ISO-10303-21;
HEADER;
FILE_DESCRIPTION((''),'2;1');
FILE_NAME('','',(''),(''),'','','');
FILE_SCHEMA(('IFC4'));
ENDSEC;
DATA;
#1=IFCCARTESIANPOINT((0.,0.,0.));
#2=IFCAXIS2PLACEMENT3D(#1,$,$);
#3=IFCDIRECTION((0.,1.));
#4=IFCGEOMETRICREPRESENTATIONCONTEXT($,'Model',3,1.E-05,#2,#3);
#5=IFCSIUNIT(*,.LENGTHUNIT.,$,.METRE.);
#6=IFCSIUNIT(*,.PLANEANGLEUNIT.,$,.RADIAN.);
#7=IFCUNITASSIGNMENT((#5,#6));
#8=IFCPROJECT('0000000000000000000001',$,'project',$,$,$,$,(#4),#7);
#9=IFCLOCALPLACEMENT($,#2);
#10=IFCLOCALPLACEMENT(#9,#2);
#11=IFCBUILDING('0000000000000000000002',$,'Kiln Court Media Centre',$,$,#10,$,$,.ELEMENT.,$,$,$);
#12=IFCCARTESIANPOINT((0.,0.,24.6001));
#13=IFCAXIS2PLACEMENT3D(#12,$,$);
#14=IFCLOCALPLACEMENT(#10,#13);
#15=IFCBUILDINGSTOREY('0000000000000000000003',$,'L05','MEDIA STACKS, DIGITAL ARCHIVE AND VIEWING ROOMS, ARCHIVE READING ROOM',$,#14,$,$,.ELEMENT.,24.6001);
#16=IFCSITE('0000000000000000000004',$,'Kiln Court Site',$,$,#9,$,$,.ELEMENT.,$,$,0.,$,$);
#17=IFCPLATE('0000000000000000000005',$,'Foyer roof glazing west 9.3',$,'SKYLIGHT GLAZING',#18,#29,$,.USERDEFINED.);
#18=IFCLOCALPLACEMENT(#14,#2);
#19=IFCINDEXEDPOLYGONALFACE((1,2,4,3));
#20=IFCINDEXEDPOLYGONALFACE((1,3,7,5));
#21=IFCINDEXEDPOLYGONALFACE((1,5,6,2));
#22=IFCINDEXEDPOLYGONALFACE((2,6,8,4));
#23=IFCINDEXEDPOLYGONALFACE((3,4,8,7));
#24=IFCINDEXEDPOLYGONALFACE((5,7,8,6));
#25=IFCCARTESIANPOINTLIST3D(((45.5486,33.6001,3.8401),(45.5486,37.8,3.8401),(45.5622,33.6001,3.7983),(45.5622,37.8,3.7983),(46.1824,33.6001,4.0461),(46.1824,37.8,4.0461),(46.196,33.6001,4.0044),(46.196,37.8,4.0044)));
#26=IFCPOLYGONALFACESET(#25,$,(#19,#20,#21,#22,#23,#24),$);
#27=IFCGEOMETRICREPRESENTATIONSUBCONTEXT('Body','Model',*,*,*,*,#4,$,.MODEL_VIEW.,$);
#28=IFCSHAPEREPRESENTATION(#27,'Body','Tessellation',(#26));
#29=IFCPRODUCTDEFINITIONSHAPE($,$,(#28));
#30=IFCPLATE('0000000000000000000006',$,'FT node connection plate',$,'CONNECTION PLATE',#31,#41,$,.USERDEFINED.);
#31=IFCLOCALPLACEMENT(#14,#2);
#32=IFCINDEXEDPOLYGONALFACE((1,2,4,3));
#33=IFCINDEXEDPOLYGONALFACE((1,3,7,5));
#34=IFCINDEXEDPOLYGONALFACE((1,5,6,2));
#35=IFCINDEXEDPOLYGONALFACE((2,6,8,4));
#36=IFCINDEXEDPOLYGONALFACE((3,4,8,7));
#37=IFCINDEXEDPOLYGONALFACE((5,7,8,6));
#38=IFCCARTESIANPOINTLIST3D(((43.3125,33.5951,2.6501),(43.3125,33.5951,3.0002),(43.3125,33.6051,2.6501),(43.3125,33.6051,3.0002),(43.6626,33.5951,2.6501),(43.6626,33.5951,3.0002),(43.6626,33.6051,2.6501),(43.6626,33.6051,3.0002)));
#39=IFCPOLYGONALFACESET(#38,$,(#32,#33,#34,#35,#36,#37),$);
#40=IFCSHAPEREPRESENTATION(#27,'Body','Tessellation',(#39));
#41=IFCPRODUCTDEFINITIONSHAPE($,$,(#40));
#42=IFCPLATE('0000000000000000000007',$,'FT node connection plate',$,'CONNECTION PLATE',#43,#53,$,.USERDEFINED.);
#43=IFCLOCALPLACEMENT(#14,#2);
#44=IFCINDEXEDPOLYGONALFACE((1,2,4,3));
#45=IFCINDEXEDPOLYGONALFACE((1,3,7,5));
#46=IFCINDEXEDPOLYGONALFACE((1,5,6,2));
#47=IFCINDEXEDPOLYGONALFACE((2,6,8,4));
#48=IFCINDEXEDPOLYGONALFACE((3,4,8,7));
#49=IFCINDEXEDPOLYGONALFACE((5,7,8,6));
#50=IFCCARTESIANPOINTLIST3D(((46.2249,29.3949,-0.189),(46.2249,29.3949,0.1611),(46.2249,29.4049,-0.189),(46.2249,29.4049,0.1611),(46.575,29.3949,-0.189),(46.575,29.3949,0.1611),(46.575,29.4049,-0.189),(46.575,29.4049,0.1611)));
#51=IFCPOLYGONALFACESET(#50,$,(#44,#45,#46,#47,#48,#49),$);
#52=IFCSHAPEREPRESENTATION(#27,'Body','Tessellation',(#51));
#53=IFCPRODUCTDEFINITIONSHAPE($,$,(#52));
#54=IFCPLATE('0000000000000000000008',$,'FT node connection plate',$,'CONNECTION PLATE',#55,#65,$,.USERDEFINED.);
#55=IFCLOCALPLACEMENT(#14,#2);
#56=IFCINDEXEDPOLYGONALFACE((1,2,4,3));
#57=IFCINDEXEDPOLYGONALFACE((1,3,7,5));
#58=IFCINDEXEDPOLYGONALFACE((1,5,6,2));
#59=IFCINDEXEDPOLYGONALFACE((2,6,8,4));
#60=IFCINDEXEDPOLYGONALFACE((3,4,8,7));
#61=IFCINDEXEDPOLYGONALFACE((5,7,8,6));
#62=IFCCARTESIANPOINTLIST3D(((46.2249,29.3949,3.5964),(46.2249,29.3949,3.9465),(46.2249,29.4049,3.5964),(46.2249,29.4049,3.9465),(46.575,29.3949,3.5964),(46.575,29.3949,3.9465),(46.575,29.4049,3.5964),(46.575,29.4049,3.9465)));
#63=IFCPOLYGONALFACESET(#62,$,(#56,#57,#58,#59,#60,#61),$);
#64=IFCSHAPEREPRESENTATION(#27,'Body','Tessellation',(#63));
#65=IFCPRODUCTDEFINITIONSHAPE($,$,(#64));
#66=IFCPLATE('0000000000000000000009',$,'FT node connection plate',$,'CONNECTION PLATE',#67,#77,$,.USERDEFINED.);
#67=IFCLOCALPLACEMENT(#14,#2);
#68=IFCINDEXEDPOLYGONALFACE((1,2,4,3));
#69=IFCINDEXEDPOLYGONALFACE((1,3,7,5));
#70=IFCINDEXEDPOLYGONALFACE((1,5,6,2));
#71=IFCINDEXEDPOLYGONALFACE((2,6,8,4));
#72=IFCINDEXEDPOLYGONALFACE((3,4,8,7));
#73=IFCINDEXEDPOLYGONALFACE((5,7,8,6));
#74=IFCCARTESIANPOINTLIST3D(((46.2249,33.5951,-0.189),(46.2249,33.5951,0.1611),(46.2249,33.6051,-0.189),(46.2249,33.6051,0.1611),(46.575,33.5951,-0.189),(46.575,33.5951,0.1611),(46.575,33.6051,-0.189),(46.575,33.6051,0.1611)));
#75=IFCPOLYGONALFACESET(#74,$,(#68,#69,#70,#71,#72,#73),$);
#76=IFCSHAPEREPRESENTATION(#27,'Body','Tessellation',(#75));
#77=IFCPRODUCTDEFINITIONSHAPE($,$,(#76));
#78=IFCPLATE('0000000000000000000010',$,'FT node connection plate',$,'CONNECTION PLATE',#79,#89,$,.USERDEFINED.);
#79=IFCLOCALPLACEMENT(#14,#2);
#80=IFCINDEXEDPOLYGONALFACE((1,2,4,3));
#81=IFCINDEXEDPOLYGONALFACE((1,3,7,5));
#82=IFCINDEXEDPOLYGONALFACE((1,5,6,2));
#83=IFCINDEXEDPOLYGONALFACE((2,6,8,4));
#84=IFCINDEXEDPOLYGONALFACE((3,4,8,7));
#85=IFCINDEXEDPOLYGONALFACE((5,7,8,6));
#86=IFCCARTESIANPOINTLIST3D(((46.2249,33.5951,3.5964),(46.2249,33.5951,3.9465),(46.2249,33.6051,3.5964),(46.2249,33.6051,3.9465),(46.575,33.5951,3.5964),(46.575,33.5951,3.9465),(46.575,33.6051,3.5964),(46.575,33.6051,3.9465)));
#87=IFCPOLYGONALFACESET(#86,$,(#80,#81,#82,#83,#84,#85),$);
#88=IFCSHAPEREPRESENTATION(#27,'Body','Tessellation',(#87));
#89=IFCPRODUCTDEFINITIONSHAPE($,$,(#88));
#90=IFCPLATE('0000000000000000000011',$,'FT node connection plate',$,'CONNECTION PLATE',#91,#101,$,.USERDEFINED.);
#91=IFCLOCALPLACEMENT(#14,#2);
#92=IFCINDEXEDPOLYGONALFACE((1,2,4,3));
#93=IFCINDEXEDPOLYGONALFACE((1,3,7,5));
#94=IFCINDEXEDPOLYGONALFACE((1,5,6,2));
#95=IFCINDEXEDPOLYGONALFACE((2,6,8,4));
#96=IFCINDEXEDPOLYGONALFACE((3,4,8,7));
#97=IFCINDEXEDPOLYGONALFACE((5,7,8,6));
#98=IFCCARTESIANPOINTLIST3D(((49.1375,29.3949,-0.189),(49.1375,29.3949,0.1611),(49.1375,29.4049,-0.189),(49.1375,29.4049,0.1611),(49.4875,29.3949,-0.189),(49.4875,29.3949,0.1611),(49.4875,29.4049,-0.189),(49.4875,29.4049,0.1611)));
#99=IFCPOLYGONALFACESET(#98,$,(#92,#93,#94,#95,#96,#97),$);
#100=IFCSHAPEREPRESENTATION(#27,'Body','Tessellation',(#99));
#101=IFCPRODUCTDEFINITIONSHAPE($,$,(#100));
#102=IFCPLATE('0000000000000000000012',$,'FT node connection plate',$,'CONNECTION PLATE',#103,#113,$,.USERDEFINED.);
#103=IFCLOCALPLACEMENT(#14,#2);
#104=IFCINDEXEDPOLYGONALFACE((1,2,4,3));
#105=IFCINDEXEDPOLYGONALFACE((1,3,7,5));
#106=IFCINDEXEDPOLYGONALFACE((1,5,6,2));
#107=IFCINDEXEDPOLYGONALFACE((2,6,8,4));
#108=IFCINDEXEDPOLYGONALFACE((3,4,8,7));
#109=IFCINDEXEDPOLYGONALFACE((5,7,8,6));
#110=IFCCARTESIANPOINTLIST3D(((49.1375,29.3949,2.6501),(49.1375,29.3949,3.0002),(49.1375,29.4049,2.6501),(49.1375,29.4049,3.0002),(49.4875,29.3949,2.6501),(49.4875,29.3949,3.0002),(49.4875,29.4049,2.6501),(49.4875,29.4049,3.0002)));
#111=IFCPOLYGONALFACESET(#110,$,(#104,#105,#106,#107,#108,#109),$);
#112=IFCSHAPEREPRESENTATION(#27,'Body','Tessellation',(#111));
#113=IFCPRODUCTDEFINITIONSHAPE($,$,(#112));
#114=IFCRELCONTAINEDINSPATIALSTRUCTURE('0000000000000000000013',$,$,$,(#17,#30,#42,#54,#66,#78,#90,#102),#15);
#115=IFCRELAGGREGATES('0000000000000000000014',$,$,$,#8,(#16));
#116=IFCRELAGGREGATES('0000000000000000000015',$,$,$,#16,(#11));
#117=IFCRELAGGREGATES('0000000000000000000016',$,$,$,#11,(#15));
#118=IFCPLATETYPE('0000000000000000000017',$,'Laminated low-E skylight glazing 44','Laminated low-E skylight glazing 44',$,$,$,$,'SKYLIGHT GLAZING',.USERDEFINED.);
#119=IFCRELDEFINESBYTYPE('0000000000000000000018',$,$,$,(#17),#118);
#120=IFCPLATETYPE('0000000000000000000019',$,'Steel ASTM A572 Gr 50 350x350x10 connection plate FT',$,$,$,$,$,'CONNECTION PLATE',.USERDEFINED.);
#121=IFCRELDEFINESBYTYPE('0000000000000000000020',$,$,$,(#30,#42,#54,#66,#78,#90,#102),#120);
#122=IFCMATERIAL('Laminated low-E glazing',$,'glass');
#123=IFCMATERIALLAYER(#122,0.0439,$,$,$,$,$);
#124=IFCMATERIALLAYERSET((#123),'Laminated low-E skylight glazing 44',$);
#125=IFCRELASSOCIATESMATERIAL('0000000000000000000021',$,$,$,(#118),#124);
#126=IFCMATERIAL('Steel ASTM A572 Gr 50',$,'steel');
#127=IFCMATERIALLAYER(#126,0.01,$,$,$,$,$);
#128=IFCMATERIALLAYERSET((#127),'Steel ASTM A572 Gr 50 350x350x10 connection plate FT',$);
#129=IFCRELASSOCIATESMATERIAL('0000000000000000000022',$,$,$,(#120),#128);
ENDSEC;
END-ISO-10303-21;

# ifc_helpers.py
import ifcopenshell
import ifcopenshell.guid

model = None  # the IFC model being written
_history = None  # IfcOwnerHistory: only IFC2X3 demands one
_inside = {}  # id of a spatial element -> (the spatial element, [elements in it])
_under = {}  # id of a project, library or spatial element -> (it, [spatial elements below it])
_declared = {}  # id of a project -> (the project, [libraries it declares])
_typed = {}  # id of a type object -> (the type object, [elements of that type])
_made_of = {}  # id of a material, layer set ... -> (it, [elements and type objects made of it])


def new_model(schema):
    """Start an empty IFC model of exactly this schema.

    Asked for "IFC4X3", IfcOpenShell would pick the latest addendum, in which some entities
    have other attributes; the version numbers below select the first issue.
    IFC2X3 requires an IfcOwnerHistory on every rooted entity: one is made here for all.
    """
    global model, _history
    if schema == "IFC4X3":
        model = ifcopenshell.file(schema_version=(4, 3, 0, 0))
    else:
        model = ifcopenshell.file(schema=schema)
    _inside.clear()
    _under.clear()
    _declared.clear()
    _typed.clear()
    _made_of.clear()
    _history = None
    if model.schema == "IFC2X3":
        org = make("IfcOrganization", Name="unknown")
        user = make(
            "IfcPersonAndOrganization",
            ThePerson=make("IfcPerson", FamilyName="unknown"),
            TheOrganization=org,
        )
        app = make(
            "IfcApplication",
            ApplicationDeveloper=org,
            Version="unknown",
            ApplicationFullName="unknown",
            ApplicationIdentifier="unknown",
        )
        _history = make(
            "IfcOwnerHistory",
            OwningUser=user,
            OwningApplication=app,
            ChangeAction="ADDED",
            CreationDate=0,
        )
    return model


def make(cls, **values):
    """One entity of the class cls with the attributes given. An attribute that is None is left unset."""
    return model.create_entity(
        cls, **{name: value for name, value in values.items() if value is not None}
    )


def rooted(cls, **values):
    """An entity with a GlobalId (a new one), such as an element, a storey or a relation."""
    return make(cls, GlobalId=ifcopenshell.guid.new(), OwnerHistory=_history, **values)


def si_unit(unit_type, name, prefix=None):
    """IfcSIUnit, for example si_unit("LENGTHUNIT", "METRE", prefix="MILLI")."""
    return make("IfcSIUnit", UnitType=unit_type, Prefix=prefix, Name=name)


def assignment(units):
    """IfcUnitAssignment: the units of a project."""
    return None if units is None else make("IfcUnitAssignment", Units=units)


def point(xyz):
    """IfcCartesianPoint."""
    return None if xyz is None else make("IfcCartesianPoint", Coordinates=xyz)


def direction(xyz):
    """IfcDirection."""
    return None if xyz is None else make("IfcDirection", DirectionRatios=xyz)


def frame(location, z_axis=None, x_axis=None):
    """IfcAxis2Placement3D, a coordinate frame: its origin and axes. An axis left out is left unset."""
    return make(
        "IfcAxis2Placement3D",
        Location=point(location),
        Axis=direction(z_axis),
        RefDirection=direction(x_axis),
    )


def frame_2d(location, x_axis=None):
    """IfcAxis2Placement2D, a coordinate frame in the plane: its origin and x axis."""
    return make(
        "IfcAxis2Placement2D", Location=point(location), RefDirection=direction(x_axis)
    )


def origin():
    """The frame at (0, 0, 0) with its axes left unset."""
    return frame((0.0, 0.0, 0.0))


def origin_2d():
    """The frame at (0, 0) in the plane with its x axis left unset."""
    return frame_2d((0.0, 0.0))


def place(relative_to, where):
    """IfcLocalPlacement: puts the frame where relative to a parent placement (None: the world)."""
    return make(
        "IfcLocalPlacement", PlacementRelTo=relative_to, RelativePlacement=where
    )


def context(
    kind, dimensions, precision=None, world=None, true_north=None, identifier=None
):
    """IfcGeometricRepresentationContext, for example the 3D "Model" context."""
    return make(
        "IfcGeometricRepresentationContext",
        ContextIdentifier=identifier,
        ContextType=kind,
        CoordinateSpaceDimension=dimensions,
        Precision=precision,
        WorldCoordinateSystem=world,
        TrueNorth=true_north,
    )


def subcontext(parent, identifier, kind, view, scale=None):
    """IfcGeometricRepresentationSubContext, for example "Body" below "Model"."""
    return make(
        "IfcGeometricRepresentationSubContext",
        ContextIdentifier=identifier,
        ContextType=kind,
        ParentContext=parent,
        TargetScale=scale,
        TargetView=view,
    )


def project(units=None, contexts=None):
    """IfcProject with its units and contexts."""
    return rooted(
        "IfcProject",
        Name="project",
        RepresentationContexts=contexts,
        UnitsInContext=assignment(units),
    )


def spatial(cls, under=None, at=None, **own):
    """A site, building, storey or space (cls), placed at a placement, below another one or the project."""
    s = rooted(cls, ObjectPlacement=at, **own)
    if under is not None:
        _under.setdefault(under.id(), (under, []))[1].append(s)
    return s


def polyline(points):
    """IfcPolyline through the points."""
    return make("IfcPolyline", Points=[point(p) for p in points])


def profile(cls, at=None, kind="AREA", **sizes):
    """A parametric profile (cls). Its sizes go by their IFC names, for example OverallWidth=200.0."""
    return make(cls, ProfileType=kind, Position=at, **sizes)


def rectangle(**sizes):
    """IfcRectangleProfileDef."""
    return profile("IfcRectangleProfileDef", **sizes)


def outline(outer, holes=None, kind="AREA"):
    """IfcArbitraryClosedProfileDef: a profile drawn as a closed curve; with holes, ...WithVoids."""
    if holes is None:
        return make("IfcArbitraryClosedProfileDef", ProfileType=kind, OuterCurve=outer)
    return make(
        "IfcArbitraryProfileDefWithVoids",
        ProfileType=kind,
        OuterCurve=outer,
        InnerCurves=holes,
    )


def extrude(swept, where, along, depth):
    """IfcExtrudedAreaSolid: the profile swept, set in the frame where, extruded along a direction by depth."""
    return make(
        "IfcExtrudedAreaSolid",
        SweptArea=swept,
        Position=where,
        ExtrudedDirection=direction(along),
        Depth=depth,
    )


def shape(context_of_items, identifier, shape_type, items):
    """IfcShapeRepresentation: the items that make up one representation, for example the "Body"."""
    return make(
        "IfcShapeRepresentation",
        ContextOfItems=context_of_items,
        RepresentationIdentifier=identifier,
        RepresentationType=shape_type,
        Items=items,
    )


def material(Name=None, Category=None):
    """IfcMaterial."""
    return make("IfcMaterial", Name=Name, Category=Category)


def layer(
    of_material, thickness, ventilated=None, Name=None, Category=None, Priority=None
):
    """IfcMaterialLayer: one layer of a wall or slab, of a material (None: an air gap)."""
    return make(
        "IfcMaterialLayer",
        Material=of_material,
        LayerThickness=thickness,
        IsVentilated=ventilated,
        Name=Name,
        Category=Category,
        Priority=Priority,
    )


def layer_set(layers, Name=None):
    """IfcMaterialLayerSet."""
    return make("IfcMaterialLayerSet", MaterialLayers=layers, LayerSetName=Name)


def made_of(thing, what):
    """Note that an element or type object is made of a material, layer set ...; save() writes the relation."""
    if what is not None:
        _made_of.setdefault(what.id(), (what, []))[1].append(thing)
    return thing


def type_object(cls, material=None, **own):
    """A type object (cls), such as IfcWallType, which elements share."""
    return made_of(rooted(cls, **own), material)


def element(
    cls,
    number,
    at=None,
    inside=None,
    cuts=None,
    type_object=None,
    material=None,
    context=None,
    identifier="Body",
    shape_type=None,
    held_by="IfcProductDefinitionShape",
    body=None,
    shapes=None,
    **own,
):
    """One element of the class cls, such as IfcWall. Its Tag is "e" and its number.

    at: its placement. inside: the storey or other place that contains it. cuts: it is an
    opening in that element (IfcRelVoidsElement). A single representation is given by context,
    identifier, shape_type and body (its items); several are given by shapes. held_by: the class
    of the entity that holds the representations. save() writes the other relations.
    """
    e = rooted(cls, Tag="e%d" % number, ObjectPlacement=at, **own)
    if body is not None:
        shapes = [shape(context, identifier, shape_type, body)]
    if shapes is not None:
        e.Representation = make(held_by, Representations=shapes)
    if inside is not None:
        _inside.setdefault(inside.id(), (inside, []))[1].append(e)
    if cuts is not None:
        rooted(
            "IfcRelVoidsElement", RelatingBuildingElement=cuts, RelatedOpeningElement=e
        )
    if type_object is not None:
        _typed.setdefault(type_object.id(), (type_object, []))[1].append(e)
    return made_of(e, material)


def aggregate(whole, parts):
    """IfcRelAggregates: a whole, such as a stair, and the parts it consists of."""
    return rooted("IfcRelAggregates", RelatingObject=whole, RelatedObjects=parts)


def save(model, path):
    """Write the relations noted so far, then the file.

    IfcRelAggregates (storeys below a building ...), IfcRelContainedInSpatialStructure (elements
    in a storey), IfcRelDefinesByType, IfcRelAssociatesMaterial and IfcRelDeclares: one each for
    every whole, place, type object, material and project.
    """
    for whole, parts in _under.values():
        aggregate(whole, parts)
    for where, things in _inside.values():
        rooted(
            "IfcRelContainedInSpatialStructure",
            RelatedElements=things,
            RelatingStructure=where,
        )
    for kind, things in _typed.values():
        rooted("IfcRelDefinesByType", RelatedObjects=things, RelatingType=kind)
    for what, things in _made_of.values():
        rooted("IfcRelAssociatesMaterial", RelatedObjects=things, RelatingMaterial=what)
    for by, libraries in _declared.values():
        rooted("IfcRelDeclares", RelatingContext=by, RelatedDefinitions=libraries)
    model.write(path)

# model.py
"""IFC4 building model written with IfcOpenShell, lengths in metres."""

from ifc_helpers import new_model, si_unit, direction, frame, origin, origin_2d, place, context, subcontext, project, spatial, polyline, rectangle, outline, extrude, material, layer, layer_set, type_object, element, save


model = new_model("IFC4")

# Units and contexts
model_context = context("Model", 3, precision=1e-05, world=origin(), true_north=direction((0.0, 1.0)))
body_context = subcontext(model_context, "Body", "Model", "MODEL_VIEW")
ifc_project = project(units=[si_unit("LENGTHUNIT", "METRE"), si_unit("PLANEANGLEUNIT", "RADIAN")], contexts=[model_context])

# Site, building, storey
site_placement = place(None, origin())
site = spatial("IfcSite", under=ifc_project, at=site_placement, Name="Kiln Court Site", CompositionType="ELEMENT", RefElevation=0.0)
building_placement = place(site_placement, origin())
building = spatial("IfcBuilding", under=site, at=building_placement, Name="Kiln Court Media Centre", CompositionType="ELEMENT")
storey_placement = place(building_placement, frame((0.0, 0.0, 24.6001)))
storey = spatial("IfcBuildingStorey", under=building, at=storey_placement, Name="L05", Description="MEDIA STACKS, DIGITAL ARCHIVE AND VIEWING ROOMS, ARCHIVE READING ROOM", CompositionType="ELEMENT", Elevation=24.6001)

# Plates
ifc_material_1 = material(Name="Laminated low-E glazing", Category="glass")
ifc_layer_1 = layer(ifc_material_1, 0.0439)
ifc_layer_set_1 = layer_set([ifc_layer_1], Name="Laminated low-E skylight glazing 44")
plate_type_1 = type_object("IfcPlateType", Name="Laminated low-E skylight glazing 44", Description="Laminated low-E skylight glazing 44", ElementType="SKYLIGHT GLAZING", PredefinedType="USERDEFINED", material=ifc_layer_set_1)
plate_1_placement = place(storey_placement, frame((45.5486, 33.6001, 3.8401), z_axis=(-0.309185, 0.0, 0.951002), x_axis=(0.951002, 0.0, 0.309185)))
element("IfcPlate", 1, at=plate_1_placement, inside=storey, type_object=plate_type_1, Name="Foyer roof glazing west 9.3", ObjectType="SKYLIGHT GLAZING", PredefinedType="USERDEFINED", context=body_context, shape_type="SweptSolid", body=[
    extrude(outline(polyline([(0.0, 0.0), (0.6664, 0.0), (0.6664, 4.2), (0.0, 4.2), (0.0, 0.0)])), origin(), (0.0, 0.0, -1.0), 0.0439),
])
ifc_material_2 = material(Name="Steel ASTM A572 Gr 50", Category="steel")
ifc_layer_2 = layer(ifc_material_2, 0.01)
ifc_layer_set_2 = layer_set([ifc_layer_2], Name="Steel ASTM A572 Gr 50 350x350x10 connection plate FT")
plate_type_2 = type_object("IfcPlateType", Name="Steel ASTM A572 Gr 50 350x350x10 connection plate FT", ElementType="CONNECTION PLATE", PredefinedType="USERDEFINED", material=ifc_layer_set_2)
for number, where, z_axis, x_axis, name in (
    (2, (43.4875, 33.6001, 2.6501), (0.0, 0.0, 1.0), (1.0, 0.0, 0.0), "FT node connection plate"),
    (3, (46.3999, 29.3999, -0.189), (0.0, 0.0, 1.0), (1.0, 0.0, 0.0), "FT node connection plate"),
    (4, (46.3999, 29.3999, 3.5964), (0.0, 0.0, 1.0), (1.0, 0.0, 0.0), "FT node connection plate"),
    (5, (46.3999, 33.6001, -0.189), (0.0, 0.0, 1.0), (1.0, 0.0, 0.0), "FT node connection plate"),
    (6, (46.3999, 33.6001, 3.5964), (0.0, 0.0, 1.0), (1.0, 0.0, 0.0), "FT node connection plate"),
    (7, (49.3125, 29.3999, -0.189), (0.0, 0.0, 1.0), (1.0, 0.0, 0.0), "FT node connection plate"),
    (8, (49.3125, 29.3999, 2.6501), (0.0, 0.0, 1.0), (1.0, 0.0, 0.0), "FT node connection plate"),
):
    element("IfcPlate", number, at=place(storey_placement, frame(where, z_axis=z_axis, x_axis=x_axis)), inside=storey, type_object=plate_type_2, Name=name, ObjectType="CONNECTION PLATE", PredefinedType="USERDEFINED", context=body_context, shape_type="SweptSolid", body=[
        extrude(rectangle(XDim=0.3501, YDim=0.01, at=origin_2d()), origin(), (0.0, 0.0, 1.0), 0.3501),
    ])

save(model, "model.ifc")
